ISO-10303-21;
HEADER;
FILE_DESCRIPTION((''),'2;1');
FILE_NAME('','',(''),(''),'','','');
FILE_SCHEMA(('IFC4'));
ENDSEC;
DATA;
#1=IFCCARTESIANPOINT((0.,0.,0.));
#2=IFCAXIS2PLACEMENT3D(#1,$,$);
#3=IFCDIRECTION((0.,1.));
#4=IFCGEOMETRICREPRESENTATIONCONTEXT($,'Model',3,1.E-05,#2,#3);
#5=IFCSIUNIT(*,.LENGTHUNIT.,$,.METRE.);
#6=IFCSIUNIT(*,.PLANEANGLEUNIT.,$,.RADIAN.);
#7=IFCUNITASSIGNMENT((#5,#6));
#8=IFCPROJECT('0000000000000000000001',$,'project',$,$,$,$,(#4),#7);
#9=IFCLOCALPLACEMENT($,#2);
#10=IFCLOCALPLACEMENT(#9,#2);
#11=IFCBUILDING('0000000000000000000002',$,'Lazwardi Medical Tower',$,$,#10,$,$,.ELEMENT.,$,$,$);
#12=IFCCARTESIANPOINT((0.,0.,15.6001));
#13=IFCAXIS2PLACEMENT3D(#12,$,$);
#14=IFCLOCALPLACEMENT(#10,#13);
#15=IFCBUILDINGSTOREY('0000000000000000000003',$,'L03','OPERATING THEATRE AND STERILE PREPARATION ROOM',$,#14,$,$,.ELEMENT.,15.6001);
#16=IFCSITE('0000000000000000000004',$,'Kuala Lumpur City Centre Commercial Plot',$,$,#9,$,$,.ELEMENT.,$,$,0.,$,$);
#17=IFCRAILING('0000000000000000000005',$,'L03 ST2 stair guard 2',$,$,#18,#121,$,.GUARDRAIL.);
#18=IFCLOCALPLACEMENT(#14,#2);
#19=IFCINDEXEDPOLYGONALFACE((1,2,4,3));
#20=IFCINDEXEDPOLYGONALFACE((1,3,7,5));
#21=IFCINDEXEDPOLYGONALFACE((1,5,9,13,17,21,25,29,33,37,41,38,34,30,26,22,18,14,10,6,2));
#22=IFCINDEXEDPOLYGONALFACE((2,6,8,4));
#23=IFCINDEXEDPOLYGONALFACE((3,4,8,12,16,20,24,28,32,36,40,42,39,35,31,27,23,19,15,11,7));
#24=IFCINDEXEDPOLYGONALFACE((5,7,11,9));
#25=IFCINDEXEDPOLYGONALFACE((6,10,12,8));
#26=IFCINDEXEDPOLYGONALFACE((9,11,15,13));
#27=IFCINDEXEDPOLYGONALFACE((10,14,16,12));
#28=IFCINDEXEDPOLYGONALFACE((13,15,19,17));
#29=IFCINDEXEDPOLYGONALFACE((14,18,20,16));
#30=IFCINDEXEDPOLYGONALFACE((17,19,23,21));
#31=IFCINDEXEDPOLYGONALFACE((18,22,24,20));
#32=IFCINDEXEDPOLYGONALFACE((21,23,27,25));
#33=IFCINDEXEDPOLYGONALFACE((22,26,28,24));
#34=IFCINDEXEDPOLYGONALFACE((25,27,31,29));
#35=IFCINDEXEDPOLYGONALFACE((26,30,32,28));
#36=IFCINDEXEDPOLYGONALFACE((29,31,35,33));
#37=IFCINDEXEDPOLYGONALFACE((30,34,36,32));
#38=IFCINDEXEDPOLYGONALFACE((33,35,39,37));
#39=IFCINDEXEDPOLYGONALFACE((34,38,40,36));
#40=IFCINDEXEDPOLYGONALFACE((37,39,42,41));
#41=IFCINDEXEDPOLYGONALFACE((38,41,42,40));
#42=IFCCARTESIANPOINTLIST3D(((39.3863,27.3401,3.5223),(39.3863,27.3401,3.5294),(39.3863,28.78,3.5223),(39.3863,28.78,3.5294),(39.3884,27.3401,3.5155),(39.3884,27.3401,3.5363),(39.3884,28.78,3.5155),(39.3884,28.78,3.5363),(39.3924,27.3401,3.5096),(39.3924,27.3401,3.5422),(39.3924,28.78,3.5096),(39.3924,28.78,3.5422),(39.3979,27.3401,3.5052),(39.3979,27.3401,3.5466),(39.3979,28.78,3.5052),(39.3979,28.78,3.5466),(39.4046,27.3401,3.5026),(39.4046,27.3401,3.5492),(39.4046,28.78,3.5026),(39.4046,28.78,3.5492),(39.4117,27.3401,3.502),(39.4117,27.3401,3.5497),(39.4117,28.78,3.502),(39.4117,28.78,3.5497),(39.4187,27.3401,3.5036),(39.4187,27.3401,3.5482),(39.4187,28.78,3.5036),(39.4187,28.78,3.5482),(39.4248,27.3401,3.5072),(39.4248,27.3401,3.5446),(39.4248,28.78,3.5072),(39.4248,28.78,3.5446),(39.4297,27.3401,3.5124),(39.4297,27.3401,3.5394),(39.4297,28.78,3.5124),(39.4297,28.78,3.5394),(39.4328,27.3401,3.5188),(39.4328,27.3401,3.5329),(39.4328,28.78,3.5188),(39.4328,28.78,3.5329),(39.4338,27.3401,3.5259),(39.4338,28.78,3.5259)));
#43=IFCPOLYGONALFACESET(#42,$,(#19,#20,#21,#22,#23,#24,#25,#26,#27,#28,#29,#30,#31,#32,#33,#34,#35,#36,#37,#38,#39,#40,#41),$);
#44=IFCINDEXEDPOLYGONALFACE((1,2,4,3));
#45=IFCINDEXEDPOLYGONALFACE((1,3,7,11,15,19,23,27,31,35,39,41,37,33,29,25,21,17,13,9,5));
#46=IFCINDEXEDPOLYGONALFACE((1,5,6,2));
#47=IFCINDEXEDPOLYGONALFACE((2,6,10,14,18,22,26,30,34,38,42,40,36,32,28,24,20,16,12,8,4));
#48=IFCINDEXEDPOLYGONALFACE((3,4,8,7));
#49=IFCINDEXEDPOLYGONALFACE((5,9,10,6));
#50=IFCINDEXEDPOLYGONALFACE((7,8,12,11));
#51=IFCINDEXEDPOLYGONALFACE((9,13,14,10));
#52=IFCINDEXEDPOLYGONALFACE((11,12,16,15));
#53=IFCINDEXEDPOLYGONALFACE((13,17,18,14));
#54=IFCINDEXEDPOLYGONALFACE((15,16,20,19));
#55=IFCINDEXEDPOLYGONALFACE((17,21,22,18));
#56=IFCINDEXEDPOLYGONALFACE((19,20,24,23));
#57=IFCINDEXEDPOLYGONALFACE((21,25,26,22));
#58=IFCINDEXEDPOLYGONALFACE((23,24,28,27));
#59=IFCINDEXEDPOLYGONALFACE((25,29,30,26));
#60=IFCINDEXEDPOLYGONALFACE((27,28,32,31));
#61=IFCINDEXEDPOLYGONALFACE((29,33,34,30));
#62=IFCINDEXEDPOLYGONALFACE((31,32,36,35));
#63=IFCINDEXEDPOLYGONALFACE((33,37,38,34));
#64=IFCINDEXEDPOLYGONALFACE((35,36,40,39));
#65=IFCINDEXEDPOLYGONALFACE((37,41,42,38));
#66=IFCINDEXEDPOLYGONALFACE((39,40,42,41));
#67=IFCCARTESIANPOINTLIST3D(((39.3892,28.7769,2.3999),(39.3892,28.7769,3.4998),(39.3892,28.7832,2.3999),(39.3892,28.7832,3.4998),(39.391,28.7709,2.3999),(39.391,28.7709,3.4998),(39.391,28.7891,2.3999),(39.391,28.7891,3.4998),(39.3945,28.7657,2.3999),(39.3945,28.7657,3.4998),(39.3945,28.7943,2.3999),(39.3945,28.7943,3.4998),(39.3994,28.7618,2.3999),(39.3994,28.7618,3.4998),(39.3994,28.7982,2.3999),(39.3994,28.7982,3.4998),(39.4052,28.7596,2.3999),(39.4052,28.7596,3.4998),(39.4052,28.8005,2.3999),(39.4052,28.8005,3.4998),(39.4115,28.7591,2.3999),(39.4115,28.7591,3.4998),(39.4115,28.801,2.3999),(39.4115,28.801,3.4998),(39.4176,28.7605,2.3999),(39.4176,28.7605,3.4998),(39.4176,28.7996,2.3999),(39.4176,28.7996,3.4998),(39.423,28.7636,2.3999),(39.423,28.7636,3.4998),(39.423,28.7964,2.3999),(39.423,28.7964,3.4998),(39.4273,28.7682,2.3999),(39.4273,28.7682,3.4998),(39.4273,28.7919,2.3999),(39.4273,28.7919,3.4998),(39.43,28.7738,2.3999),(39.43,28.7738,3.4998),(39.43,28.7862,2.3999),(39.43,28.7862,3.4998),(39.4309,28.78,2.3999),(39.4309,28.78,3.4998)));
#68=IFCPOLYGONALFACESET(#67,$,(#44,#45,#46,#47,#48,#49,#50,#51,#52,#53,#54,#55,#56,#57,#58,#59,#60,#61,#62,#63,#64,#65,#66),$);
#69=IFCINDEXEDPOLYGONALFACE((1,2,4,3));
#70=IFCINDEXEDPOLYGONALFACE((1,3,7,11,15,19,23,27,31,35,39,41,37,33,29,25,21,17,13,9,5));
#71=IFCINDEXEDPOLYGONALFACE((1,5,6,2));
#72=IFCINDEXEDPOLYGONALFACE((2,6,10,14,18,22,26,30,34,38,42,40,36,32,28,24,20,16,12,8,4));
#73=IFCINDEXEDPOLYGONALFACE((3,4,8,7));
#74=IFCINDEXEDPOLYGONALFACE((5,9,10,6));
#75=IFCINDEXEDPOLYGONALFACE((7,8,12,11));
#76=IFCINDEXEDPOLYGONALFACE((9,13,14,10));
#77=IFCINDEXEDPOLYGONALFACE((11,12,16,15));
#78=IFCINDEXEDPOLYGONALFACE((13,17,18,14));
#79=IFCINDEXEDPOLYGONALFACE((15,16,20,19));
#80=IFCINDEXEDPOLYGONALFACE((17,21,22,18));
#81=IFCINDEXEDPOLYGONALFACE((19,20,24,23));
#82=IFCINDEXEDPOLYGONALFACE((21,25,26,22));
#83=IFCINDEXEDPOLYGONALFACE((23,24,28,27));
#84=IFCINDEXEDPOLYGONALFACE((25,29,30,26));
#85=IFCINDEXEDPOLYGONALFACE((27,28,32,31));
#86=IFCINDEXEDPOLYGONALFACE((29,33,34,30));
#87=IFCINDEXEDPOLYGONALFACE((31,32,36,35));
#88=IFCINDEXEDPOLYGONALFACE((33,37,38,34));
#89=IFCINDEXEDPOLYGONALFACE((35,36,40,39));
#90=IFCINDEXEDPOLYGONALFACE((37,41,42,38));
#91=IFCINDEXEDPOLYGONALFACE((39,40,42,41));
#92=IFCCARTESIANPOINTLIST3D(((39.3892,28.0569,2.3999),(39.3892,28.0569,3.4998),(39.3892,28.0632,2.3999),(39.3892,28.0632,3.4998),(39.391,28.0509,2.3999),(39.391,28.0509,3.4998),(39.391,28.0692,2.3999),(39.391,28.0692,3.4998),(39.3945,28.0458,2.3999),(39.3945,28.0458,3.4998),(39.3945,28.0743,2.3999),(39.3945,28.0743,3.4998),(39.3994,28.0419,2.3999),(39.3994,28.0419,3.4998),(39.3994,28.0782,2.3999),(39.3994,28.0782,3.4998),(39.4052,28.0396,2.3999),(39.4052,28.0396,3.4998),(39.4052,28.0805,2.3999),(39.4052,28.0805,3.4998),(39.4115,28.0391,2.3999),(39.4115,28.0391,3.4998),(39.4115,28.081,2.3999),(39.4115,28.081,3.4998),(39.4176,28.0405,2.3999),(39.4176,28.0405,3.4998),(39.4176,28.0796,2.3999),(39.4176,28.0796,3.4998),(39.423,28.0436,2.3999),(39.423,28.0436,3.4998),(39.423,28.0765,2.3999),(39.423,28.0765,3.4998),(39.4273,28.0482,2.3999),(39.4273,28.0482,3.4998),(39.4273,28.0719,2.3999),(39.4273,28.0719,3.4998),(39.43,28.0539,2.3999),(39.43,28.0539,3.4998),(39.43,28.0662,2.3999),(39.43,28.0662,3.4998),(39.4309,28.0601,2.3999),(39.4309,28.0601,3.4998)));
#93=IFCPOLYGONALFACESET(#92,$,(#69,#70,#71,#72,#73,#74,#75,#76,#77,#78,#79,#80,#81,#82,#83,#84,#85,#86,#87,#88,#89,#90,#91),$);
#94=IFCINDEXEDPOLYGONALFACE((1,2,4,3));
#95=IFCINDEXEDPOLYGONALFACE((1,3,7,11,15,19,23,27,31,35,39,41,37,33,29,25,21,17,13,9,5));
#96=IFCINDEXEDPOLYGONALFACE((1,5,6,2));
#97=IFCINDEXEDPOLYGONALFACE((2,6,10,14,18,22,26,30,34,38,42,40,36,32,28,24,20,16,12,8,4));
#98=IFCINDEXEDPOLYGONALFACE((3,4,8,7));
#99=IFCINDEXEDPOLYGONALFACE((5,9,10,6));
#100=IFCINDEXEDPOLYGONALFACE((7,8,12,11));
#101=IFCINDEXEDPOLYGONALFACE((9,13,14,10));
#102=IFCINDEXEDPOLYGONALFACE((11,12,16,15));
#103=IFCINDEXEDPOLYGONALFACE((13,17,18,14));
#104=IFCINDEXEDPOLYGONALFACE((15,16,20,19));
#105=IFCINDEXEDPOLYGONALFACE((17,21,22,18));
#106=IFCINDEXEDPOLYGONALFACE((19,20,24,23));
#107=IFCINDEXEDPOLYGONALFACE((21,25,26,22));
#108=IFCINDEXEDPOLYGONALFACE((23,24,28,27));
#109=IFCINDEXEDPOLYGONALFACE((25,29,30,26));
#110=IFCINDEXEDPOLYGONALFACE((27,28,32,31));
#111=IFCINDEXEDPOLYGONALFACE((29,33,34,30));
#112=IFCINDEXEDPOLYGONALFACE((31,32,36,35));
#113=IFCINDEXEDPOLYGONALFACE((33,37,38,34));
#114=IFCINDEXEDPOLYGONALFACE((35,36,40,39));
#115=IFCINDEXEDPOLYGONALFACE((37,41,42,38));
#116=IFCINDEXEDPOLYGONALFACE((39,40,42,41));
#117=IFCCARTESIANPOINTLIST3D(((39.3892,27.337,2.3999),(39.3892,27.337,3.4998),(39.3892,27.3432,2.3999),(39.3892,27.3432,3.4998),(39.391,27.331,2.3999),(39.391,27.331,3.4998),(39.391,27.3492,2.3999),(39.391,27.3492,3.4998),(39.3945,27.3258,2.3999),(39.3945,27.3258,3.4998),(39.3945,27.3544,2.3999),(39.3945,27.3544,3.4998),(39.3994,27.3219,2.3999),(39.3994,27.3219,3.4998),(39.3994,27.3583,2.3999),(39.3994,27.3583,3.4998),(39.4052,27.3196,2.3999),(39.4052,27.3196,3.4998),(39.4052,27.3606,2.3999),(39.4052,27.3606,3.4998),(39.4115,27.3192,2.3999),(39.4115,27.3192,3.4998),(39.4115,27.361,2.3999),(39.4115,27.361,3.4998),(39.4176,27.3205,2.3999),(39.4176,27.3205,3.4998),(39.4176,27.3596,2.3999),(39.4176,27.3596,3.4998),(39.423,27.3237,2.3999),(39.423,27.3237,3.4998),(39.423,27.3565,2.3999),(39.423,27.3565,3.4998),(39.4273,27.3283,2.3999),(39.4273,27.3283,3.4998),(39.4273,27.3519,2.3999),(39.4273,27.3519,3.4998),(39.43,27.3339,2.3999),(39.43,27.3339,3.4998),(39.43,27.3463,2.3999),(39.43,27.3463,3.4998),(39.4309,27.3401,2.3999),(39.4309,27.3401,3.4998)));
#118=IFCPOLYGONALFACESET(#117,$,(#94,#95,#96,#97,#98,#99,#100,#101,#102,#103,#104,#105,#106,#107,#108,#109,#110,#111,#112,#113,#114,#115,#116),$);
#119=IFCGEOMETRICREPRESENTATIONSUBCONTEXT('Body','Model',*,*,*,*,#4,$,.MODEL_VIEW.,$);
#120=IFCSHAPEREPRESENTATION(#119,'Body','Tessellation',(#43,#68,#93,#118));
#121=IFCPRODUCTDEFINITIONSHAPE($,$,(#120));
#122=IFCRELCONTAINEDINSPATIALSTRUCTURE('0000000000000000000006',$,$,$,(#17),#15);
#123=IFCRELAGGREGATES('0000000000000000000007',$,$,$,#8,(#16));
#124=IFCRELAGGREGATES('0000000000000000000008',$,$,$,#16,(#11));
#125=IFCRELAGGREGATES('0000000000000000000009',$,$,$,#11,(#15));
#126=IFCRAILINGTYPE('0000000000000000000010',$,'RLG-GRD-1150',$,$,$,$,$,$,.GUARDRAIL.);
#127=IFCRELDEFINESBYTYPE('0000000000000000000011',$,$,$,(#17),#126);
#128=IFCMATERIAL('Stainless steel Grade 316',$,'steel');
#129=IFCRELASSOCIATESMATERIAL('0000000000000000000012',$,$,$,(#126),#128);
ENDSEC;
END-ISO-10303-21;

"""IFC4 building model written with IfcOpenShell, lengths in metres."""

from ifc_helpers import new_model, si_unit, direction, frame, origin, origin_2d, place, context, subcontext, project, spatial, circle, extrude, material, type_object, element, save


model = new_model("IFC4")

# Units and contexts
model_context = context("Model", 3, precision=1e-05, world=origin(), true_north=direction((0.0, 1.0)))
body_context = subcontext(model_context, "Body", "Model", "MODEL_VIEW")
ifc_project = project(units=[si_unit("LENGTHUNIT", "METRE"), si_unit("PLANEANGLEUNIT", "RADIAN")], contexts=[model_context])

# Site, building, storey
site_placement = place(None, origin())
site = spatial("IfcSite", under=ifc_project, at=site_placement, Name="Kuala Lumpur City Centre Commercial Plot", CompositionType="ELEMENT", RefElevation=0.0)
building_placement = place(site_placement, origin())
building = spatial("IfcBuilding", under=site, at=building_placement, Name="Lazwardi Medical Tower", CompositionType="ELEMENT")
storey_placement = place(building_placement, frame((0.0, 0.0, 15.6001)))
storey = spatial("IfcBuildingStorey", under=building, at=storey_placement, Name="L03", Description="OPERATING THEATRE AND STERILE PREPARATION ROOM", CompositionType="ELEMENT", Elevation=15.6001)

# Railing
ifc_material_1 = material(Name="Stainless steel Grade 316", Category="steel")
railing_type_1 = type_object("IfcRailingType", Name="RLG-GRD-1150", PredefinedType="GUARDRAIL", material=ifc_material_1)
railing_1_placement = place(storey_placement, frame((39.4099, 28.78, 2.3999)))
element("IfcRailing", 1, at=railing_1_placement, inside=storey, type_object=railing_type_1, Name="L03 ST2 stair guard 2", PredefinedType="GUARDRAIL", context=body_context, shape_type="SweptSolid", body=[
    extrude(circle(Radius=0.0239, at=origin_2d()), frame((0.0, 0.0, 1.126), z_axis=(0.0, -1.0, 0.0), x_axis=(1.0, 0.0, 0.0)), (0.0, 0.0, 1.0), 1.4399),
    extrude(circle(Radius=0.021, at=origin_2d()), origin(), (0.0, 0.0, 1.0), 1.0999),
    extrude(circle(Radius=0.021, at=origin_2d()), frame((0.0, -0.72, 0.0)), (0.0, 0.0, 1.0), 1.0999),
    extrude(circle(Radius=0.021, at=origin_2d()), frame((0.0, -1.4399, 0.0)), (0.0, 0.0, 1.0), 1.0999),
])

save(model, "model.ifc")
